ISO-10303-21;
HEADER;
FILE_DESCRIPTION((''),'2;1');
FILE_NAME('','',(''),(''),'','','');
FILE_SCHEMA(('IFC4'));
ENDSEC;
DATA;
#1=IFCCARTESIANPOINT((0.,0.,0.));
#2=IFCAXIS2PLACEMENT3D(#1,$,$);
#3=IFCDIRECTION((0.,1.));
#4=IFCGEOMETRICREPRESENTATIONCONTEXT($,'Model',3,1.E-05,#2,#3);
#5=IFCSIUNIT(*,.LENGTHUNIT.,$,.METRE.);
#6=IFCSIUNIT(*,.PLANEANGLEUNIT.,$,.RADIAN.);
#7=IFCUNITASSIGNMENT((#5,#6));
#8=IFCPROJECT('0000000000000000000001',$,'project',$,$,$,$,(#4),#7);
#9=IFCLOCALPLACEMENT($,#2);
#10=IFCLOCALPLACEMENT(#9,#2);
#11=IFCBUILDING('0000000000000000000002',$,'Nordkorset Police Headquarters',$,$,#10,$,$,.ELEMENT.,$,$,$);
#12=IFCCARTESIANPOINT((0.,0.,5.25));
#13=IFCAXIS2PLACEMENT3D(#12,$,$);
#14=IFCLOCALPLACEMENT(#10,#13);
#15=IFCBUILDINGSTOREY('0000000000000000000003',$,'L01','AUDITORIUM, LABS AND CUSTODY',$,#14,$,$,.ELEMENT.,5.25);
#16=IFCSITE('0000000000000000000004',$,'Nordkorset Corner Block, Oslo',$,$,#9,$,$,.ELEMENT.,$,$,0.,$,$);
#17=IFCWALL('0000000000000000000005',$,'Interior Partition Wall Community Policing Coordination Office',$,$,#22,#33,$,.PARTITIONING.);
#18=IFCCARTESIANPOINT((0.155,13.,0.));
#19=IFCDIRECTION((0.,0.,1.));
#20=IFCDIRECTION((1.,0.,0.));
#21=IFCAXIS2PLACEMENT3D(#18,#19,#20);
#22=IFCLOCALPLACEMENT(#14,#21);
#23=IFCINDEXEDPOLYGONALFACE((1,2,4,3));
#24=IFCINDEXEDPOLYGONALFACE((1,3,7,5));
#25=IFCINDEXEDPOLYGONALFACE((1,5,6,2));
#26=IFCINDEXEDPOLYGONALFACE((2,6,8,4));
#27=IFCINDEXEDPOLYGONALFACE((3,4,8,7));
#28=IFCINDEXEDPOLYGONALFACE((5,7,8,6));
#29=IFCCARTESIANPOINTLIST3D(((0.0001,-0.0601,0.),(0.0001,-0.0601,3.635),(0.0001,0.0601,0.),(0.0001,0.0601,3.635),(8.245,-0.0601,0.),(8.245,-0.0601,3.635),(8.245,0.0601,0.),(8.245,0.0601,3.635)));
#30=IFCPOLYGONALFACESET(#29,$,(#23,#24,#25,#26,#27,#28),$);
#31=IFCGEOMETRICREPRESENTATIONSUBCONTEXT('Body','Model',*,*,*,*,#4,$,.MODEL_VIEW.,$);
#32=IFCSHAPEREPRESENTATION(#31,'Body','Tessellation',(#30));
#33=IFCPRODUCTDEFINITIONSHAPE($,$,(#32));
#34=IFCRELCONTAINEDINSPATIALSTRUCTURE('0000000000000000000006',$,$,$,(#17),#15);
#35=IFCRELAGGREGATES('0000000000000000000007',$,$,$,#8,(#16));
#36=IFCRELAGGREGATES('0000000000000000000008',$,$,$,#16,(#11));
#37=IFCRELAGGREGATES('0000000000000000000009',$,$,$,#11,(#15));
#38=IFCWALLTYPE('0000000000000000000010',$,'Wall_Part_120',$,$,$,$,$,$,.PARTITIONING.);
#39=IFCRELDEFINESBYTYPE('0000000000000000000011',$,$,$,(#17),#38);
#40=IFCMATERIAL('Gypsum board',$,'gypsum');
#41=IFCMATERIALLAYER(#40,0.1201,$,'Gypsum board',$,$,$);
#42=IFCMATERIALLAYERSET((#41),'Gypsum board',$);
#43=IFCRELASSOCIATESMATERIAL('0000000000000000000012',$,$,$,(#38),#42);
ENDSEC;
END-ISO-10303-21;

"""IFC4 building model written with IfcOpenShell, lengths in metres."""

from ifc_helpers import new_model, si_unit, direction, frame, frame_2d, origin, place, context, subcontext, project, spatial, rectangle, extrude, material, layer, layer_set, type_object, element, save


model = new_model("IFC4")

# Units and contexts
model_context = context("Model", 3, precision=1e-05, world=origin(), true_north=direction((0.0, 1.0)))
body_context = subcontext(model_context, "Body", "Model", "MODEL_VIEW")
ifc_project = project(units=[si_unit("LENGTHUNIT", "METRE"), si_unit("PLANEANGLEUNIT", "RADIAN")], contexts=[model_context])

# Site, building, storey
site_placement = place(None, origin())
site = spatial("IfcSite", under=ifc_project, at=site_placement, Name="Nordkorset Corner Block, Oslo", CompositionType="ELEMENT", RefElevation=0.0)
building_placement = place(site_placement, origin())
building = spatial("IfcBuilding", under=site, at=building_placement, Name="Nordkorset Police Headquarters", CompositionType="ELEMENT")
storey_placement = place(building_placement, frame((0.0, 0.0, 5.25)))
storey = spatial("IfcBuildingStorey", under=building, at=storey_placement, Name="L01", Description="AUDITORIUM, LABS AND CUSTODY", CompositionType="ELEMENT", Elevation=5.25)

# Wall
ifc_material_1 = material(Name="Gypsum board", Category="gypsum")
ifc_layer_1 = layer(ifc_material_1, 0.1201, Name="Gypsum board")
ifc_layer_set_1 = layer_set([ifc_layer_1], Name="Gypsum board")
wall_type_1 = type_object("IfcWallType", Name="Wall_Part_120", PredefinedType="PARTITIONING", material=ifc_layer_set_1)
wall_1_placement = place(storey_placement, frame((0.155, 13.0, 0.0), z_axis=(0.0, 0.0, 1.0), x_axis=(1.0, 0.0, 0.0)))
element("IfcWall", 1, at=wall_1_placement, inside=storey, type_object=wall_type_1, Name="Interior Partition Wall Community Policing Coordination Office", PredefinedType="PARTITIONING", context=body_context, shape_type="SweptSolid", body=[
    extrude(rectangle(XDim=8.2449, YDim=0.1201, at=frame_2d((4.1226, 0.0))), origin(), (0.0, 0.0, 1.0), 3.635),
])

save(model, "model.ifc")
